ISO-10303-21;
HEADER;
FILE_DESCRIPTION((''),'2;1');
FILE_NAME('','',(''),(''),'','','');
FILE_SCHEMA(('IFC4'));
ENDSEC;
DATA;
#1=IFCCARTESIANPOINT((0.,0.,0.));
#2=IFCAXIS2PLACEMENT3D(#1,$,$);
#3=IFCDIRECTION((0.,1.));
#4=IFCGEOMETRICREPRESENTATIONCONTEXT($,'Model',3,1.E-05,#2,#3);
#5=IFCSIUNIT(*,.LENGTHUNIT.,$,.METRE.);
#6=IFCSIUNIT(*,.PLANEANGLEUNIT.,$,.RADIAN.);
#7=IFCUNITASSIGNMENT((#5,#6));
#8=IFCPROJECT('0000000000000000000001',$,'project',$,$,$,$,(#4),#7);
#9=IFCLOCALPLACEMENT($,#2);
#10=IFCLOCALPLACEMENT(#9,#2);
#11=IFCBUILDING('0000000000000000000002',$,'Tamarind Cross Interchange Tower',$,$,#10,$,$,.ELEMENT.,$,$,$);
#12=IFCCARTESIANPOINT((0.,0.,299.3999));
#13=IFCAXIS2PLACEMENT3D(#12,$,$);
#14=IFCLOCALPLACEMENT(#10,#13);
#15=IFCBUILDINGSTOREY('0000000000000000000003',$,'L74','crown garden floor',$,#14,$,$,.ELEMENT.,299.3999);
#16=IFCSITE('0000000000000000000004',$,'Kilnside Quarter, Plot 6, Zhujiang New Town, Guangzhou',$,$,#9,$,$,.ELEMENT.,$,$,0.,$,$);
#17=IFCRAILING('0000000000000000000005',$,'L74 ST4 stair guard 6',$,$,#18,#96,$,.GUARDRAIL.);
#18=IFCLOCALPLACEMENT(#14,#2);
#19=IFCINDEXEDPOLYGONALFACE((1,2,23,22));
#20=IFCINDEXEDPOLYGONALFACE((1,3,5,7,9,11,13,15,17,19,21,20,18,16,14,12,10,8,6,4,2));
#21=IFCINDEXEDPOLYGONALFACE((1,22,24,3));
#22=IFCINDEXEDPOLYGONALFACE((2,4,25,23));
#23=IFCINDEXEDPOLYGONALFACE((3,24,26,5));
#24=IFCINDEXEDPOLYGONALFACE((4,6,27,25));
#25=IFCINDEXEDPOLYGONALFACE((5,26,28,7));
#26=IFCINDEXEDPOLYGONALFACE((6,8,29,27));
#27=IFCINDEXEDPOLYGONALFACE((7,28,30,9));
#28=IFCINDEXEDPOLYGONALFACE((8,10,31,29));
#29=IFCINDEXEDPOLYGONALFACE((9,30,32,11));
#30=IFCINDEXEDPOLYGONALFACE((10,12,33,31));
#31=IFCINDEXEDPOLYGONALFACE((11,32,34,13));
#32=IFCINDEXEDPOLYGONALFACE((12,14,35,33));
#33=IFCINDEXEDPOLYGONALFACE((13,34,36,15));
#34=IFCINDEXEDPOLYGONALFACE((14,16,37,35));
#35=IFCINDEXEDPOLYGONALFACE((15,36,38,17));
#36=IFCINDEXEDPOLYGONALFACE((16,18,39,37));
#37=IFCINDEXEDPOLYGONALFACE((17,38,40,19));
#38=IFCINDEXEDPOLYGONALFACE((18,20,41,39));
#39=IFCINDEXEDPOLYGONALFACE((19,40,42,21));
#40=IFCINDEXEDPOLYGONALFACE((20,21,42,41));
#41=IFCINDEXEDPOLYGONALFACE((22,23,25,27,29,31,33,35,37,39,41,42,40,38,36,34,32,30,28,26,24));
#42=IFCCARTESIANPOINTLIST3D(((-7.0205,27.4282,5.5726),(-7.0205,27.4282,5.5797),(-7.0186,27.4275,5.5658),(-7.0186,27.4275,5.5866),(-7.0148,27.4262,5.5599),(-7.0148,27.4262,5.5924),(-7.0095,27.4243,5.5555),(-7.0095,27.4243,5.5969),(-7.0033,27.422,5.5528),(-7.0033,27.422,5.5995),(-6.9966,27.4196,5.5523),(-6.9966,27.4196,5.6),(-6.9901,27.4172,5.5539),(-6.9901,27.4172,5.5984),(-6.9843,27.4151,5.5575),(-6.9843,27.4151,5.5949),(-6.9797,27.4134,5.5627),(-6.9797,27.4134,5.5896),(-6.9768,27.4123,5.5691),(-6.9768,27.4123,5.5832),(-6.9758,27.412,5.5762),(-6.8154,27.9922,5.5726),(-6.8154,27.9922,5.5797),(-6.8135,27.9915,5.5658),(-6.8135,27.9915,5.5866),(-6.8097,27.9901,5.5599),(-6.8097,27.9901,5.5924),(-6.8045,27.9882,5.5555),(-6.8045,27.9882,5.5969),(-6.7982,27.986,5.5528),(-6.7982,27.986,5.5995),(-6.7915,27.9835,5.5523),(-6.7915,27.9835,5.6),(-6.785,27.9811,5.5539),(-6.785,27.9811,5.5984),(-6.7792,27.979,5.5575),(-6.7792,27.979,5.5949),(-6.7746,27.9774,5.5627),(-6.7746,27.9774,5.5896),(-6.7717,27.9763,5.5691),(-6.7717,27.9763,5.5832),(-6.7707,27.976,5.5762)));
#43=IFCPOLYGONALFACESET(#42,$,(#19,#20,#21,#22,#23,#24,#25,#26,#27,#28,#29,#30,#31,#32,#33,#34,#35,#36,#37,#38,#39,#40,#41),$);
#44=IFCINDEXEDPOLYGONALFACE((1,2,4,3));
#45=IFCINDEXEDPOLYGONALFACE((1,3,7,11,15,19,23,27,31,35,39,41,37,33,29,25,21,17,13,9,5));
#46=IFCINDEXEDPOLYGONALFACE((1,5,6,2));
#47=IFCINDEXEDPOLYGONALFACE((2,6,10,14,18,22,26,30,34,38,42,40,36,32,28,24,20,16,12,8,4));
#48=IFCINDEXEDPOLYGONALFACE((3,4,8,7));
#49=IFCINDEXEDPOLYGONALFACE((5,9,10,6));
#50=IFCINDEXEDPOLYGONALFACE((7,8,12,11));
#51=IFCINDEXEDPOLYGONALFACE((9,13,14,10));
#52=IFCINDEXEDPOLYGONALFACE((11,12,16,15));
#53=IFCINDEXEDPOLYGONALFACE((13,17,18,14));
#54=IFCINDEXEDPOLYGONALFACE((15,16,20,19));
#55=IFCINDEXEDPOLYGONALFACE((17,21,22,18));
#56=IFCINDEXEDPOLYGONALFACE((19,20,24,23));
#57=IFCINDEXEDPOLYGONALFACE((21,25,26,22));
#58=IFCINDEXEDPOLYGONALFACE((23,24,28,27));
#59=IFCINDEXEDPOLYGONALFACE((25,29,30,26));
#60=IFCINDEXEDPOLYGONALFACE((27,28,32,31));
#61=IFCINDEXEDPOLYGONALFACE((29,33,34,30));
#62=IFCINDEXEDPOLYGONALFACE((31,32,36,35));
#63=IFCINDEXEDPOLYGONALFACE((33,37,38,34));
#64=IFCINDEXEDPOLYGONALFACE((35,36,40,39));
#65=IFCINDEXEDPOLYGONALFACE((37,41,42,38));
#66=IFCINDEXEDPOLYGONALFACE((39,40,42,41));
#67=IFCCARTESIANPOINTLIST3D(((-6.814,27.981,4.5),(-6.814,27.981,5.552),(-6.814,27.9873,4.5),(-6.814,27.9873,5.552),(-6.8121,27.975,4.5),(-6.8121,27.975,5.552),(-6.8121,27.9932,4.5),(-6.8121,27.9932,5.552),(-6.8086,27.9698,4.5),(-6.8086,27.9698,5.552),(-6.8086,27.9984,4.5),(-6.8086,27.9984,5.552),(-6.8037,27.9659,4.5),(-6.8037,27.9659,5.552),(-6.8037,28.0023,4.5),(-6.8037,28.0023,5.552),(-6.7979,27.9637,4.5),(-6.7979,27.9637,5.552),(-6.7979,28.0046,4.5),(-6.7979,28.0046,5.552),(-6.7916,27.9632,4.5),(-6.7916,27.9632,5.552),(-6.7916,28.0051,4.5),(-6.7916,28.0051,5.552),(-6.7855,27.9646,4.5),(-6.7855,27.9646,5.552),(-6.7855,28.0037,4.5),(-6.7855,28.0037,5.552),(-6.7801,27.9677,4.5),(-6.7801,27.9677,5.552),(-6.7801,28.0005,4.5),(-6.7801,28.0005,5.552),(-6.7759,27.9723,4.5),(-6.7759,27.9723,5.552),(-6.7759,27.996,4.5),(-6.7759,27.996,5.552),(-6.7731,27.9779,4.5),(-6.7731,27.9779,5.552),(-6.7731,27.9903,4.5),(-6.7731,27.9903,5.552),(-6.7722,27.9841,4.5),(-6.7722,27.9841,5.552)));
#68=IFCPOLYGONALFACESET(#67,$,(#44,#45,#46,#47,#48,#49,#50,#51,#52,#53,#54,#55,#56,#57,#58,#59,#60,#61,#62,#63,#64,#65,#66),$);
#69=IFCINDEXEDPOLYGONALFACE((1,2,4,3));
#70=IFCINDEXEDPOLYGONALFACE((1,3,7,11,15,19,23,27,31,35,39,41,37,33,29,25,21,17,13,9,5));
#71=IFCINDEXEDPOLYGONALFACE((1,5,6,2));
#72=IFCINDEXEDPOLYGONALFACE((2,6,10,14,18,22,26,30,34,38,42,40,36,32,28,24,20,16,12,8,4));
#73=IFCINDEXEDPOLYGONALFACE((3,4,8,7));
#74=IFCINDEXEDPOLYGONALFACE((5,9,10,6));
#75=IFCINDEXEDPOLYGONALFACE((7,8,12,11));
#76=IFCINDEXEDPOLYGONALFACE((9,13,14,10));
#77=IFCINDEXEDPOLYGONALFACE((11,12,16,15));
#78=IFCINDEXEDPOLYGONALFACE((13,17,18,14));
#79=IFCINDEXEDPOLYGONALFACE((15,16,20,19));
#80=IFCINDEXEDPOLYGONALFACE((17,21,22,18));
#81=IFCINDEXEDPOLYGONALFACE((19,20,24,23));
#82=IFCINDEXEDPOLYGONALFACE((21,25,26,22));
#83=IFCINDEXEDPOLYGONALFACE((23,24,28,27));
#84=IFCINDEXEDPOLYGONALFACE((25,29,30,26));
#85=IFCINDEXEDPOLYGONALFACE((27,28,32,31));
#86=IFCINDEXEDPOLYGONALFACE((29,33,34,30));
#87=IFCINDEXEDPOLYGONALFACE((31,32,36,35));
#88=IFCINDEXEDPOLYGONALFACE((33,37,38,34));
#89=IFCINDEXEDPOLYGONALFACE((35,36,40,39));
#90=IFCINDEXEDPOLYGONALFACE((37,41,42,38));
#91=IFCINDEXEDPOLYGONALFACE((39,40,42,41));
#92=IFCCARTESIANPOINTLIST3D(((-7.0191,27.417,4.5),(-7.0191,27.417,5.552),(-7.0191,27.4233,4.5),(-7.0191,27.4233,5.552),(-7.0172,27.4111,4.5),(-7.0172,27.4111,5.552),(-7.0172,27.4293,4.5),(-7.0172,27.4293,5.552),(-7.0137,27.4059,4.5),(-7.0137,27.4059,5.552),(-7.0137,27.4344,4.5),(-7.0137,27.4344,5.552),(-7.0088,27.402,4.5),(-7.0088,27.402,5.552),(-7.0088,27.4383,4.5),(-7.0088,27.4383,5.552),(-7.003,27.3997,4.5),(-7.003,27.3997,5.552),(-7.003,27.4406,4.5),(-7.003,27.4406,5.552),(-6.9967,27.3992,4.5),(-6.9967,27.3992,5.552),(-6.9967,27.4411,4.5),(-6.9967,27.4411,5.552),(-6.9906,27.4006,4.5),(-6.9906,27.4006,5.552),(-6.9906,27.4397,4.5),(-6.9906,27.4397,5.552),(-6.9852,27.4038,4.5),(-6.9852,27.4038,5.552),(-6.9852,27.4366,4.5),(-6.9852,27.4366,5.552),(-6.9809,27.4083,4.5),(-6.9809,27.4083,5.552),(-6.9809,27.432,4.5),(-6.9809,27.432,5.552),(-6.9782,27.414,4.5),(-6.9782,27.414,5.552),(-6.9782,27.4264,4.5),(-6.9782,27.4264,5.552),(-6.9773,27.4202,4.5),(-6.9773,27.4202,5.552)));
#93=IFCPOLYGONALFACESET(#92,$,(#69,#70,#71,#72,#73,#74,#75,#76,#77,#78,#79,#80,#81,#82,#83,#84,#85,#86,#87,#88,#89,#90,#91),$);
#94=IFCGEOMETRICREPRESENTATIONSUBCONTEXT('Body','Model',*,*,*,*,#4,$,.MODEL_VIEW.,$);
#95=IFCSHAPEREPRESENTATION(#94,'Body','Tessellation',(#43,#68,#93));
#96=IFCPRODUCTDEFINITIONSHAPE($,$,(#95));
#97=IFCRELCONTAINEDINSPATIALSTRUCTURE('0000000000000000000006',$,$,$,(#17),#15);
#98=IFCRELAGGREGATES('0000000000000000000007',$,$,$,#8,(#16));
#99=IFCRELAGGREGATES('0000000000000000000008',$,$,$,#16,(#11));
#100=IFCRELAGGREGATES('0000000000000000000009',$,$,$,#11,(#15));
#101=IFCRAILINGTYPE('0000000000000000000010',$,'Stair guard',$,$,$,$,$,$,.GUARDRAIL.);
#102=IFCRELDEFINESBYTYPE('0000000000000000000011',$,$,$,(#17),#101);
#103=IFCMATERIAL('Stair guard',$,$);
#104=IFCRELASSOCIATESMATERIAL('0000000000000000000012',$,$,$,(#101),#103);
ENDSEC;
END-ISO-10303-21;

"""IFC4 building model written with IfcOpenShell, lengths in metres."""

from ifc_helpers import new_model, si_unit, direction, frame, origin, origin_2d, place, context, subcontext, project, spatial, circle, extrude, material, type_object, element, save


model = new_model("IFC4")

# Units and contexts
model_context = context("Model", 3, precision=1e-05, world=origin(), true_north=direction((0.0, 1.0)))
body_context = subcontext(model_context, "Body", "Model", "MODEL_VIEW")
ifc_project = project(units=[si_unit("LENGTHUNIT", "METRE"), si_unit("PLANEANGLEUNIT", "RADIAN")], contexts=[model_context])

# Site, building, storey
site_placement = place(None, origin())
site = spatial("IfcSite", under=ifc_project, at=site_placement, Name="Kilnside Quarter, Plot 6, Zhujiang New Town, Guangzhou", CompositionType="ELEMENT", RefElevation=0.0)
building_placement = place(site_placement, origin())
building = spatial("IfcBuilding", under=site, at=building_placement, Name="Tamarind Cross Interchange Tower", CompositionType="ELEMENT")
storey_placement = place(building_placement, frame((0.0, 0.0, 299.3999)))
storey = spatial("IfcBuildingStorey", under=building, at=storey_placement, Name="L74", Description="crown garden floor", CompositionType="ELEMENT", Elevation=299.3999)

# Railing
ifc_material_1 = material(Name="Stair guard")
railing_type_1 = type_object("IfcRailingType", Name="Stair guard", PredefinedType="GUARDRAIL", material=ifc_material_1)
railing_1_placement = place(storey_placement, frame((-6.7932, 27.9841, 4.5)))
element("IfcRailing", 1, at=railing_1_placement, inside=storey, type_object=railing_type_1, Name="L74 ST4 stair guard 6", PredefinedType="GUARDRAIL", context=body_context, shape_type="SweptSolid", body=[
    extrude(circle(Radius=0.0239, at=origin_2d()), frame((0.0, 0.0, 1.0762), z_axis=(-0.341743, -0.939793, 0.0), x_axis=(0.939793, -0.341743, 0.0)), (0.0, 0.0, 1.0), 0.6001),
    extrude(circle(Radius=0.021, at=origin_2d()), origin(), (0.0, 0.0, 1.0), 1.052),
    extrude(circle(Radius=0.021, at=origin_2d()), frame((-0.2051, -0.564, 0.0)), (0.0, 0.0, 1.0), 1.052),
])

save(model, "model.ifc")
